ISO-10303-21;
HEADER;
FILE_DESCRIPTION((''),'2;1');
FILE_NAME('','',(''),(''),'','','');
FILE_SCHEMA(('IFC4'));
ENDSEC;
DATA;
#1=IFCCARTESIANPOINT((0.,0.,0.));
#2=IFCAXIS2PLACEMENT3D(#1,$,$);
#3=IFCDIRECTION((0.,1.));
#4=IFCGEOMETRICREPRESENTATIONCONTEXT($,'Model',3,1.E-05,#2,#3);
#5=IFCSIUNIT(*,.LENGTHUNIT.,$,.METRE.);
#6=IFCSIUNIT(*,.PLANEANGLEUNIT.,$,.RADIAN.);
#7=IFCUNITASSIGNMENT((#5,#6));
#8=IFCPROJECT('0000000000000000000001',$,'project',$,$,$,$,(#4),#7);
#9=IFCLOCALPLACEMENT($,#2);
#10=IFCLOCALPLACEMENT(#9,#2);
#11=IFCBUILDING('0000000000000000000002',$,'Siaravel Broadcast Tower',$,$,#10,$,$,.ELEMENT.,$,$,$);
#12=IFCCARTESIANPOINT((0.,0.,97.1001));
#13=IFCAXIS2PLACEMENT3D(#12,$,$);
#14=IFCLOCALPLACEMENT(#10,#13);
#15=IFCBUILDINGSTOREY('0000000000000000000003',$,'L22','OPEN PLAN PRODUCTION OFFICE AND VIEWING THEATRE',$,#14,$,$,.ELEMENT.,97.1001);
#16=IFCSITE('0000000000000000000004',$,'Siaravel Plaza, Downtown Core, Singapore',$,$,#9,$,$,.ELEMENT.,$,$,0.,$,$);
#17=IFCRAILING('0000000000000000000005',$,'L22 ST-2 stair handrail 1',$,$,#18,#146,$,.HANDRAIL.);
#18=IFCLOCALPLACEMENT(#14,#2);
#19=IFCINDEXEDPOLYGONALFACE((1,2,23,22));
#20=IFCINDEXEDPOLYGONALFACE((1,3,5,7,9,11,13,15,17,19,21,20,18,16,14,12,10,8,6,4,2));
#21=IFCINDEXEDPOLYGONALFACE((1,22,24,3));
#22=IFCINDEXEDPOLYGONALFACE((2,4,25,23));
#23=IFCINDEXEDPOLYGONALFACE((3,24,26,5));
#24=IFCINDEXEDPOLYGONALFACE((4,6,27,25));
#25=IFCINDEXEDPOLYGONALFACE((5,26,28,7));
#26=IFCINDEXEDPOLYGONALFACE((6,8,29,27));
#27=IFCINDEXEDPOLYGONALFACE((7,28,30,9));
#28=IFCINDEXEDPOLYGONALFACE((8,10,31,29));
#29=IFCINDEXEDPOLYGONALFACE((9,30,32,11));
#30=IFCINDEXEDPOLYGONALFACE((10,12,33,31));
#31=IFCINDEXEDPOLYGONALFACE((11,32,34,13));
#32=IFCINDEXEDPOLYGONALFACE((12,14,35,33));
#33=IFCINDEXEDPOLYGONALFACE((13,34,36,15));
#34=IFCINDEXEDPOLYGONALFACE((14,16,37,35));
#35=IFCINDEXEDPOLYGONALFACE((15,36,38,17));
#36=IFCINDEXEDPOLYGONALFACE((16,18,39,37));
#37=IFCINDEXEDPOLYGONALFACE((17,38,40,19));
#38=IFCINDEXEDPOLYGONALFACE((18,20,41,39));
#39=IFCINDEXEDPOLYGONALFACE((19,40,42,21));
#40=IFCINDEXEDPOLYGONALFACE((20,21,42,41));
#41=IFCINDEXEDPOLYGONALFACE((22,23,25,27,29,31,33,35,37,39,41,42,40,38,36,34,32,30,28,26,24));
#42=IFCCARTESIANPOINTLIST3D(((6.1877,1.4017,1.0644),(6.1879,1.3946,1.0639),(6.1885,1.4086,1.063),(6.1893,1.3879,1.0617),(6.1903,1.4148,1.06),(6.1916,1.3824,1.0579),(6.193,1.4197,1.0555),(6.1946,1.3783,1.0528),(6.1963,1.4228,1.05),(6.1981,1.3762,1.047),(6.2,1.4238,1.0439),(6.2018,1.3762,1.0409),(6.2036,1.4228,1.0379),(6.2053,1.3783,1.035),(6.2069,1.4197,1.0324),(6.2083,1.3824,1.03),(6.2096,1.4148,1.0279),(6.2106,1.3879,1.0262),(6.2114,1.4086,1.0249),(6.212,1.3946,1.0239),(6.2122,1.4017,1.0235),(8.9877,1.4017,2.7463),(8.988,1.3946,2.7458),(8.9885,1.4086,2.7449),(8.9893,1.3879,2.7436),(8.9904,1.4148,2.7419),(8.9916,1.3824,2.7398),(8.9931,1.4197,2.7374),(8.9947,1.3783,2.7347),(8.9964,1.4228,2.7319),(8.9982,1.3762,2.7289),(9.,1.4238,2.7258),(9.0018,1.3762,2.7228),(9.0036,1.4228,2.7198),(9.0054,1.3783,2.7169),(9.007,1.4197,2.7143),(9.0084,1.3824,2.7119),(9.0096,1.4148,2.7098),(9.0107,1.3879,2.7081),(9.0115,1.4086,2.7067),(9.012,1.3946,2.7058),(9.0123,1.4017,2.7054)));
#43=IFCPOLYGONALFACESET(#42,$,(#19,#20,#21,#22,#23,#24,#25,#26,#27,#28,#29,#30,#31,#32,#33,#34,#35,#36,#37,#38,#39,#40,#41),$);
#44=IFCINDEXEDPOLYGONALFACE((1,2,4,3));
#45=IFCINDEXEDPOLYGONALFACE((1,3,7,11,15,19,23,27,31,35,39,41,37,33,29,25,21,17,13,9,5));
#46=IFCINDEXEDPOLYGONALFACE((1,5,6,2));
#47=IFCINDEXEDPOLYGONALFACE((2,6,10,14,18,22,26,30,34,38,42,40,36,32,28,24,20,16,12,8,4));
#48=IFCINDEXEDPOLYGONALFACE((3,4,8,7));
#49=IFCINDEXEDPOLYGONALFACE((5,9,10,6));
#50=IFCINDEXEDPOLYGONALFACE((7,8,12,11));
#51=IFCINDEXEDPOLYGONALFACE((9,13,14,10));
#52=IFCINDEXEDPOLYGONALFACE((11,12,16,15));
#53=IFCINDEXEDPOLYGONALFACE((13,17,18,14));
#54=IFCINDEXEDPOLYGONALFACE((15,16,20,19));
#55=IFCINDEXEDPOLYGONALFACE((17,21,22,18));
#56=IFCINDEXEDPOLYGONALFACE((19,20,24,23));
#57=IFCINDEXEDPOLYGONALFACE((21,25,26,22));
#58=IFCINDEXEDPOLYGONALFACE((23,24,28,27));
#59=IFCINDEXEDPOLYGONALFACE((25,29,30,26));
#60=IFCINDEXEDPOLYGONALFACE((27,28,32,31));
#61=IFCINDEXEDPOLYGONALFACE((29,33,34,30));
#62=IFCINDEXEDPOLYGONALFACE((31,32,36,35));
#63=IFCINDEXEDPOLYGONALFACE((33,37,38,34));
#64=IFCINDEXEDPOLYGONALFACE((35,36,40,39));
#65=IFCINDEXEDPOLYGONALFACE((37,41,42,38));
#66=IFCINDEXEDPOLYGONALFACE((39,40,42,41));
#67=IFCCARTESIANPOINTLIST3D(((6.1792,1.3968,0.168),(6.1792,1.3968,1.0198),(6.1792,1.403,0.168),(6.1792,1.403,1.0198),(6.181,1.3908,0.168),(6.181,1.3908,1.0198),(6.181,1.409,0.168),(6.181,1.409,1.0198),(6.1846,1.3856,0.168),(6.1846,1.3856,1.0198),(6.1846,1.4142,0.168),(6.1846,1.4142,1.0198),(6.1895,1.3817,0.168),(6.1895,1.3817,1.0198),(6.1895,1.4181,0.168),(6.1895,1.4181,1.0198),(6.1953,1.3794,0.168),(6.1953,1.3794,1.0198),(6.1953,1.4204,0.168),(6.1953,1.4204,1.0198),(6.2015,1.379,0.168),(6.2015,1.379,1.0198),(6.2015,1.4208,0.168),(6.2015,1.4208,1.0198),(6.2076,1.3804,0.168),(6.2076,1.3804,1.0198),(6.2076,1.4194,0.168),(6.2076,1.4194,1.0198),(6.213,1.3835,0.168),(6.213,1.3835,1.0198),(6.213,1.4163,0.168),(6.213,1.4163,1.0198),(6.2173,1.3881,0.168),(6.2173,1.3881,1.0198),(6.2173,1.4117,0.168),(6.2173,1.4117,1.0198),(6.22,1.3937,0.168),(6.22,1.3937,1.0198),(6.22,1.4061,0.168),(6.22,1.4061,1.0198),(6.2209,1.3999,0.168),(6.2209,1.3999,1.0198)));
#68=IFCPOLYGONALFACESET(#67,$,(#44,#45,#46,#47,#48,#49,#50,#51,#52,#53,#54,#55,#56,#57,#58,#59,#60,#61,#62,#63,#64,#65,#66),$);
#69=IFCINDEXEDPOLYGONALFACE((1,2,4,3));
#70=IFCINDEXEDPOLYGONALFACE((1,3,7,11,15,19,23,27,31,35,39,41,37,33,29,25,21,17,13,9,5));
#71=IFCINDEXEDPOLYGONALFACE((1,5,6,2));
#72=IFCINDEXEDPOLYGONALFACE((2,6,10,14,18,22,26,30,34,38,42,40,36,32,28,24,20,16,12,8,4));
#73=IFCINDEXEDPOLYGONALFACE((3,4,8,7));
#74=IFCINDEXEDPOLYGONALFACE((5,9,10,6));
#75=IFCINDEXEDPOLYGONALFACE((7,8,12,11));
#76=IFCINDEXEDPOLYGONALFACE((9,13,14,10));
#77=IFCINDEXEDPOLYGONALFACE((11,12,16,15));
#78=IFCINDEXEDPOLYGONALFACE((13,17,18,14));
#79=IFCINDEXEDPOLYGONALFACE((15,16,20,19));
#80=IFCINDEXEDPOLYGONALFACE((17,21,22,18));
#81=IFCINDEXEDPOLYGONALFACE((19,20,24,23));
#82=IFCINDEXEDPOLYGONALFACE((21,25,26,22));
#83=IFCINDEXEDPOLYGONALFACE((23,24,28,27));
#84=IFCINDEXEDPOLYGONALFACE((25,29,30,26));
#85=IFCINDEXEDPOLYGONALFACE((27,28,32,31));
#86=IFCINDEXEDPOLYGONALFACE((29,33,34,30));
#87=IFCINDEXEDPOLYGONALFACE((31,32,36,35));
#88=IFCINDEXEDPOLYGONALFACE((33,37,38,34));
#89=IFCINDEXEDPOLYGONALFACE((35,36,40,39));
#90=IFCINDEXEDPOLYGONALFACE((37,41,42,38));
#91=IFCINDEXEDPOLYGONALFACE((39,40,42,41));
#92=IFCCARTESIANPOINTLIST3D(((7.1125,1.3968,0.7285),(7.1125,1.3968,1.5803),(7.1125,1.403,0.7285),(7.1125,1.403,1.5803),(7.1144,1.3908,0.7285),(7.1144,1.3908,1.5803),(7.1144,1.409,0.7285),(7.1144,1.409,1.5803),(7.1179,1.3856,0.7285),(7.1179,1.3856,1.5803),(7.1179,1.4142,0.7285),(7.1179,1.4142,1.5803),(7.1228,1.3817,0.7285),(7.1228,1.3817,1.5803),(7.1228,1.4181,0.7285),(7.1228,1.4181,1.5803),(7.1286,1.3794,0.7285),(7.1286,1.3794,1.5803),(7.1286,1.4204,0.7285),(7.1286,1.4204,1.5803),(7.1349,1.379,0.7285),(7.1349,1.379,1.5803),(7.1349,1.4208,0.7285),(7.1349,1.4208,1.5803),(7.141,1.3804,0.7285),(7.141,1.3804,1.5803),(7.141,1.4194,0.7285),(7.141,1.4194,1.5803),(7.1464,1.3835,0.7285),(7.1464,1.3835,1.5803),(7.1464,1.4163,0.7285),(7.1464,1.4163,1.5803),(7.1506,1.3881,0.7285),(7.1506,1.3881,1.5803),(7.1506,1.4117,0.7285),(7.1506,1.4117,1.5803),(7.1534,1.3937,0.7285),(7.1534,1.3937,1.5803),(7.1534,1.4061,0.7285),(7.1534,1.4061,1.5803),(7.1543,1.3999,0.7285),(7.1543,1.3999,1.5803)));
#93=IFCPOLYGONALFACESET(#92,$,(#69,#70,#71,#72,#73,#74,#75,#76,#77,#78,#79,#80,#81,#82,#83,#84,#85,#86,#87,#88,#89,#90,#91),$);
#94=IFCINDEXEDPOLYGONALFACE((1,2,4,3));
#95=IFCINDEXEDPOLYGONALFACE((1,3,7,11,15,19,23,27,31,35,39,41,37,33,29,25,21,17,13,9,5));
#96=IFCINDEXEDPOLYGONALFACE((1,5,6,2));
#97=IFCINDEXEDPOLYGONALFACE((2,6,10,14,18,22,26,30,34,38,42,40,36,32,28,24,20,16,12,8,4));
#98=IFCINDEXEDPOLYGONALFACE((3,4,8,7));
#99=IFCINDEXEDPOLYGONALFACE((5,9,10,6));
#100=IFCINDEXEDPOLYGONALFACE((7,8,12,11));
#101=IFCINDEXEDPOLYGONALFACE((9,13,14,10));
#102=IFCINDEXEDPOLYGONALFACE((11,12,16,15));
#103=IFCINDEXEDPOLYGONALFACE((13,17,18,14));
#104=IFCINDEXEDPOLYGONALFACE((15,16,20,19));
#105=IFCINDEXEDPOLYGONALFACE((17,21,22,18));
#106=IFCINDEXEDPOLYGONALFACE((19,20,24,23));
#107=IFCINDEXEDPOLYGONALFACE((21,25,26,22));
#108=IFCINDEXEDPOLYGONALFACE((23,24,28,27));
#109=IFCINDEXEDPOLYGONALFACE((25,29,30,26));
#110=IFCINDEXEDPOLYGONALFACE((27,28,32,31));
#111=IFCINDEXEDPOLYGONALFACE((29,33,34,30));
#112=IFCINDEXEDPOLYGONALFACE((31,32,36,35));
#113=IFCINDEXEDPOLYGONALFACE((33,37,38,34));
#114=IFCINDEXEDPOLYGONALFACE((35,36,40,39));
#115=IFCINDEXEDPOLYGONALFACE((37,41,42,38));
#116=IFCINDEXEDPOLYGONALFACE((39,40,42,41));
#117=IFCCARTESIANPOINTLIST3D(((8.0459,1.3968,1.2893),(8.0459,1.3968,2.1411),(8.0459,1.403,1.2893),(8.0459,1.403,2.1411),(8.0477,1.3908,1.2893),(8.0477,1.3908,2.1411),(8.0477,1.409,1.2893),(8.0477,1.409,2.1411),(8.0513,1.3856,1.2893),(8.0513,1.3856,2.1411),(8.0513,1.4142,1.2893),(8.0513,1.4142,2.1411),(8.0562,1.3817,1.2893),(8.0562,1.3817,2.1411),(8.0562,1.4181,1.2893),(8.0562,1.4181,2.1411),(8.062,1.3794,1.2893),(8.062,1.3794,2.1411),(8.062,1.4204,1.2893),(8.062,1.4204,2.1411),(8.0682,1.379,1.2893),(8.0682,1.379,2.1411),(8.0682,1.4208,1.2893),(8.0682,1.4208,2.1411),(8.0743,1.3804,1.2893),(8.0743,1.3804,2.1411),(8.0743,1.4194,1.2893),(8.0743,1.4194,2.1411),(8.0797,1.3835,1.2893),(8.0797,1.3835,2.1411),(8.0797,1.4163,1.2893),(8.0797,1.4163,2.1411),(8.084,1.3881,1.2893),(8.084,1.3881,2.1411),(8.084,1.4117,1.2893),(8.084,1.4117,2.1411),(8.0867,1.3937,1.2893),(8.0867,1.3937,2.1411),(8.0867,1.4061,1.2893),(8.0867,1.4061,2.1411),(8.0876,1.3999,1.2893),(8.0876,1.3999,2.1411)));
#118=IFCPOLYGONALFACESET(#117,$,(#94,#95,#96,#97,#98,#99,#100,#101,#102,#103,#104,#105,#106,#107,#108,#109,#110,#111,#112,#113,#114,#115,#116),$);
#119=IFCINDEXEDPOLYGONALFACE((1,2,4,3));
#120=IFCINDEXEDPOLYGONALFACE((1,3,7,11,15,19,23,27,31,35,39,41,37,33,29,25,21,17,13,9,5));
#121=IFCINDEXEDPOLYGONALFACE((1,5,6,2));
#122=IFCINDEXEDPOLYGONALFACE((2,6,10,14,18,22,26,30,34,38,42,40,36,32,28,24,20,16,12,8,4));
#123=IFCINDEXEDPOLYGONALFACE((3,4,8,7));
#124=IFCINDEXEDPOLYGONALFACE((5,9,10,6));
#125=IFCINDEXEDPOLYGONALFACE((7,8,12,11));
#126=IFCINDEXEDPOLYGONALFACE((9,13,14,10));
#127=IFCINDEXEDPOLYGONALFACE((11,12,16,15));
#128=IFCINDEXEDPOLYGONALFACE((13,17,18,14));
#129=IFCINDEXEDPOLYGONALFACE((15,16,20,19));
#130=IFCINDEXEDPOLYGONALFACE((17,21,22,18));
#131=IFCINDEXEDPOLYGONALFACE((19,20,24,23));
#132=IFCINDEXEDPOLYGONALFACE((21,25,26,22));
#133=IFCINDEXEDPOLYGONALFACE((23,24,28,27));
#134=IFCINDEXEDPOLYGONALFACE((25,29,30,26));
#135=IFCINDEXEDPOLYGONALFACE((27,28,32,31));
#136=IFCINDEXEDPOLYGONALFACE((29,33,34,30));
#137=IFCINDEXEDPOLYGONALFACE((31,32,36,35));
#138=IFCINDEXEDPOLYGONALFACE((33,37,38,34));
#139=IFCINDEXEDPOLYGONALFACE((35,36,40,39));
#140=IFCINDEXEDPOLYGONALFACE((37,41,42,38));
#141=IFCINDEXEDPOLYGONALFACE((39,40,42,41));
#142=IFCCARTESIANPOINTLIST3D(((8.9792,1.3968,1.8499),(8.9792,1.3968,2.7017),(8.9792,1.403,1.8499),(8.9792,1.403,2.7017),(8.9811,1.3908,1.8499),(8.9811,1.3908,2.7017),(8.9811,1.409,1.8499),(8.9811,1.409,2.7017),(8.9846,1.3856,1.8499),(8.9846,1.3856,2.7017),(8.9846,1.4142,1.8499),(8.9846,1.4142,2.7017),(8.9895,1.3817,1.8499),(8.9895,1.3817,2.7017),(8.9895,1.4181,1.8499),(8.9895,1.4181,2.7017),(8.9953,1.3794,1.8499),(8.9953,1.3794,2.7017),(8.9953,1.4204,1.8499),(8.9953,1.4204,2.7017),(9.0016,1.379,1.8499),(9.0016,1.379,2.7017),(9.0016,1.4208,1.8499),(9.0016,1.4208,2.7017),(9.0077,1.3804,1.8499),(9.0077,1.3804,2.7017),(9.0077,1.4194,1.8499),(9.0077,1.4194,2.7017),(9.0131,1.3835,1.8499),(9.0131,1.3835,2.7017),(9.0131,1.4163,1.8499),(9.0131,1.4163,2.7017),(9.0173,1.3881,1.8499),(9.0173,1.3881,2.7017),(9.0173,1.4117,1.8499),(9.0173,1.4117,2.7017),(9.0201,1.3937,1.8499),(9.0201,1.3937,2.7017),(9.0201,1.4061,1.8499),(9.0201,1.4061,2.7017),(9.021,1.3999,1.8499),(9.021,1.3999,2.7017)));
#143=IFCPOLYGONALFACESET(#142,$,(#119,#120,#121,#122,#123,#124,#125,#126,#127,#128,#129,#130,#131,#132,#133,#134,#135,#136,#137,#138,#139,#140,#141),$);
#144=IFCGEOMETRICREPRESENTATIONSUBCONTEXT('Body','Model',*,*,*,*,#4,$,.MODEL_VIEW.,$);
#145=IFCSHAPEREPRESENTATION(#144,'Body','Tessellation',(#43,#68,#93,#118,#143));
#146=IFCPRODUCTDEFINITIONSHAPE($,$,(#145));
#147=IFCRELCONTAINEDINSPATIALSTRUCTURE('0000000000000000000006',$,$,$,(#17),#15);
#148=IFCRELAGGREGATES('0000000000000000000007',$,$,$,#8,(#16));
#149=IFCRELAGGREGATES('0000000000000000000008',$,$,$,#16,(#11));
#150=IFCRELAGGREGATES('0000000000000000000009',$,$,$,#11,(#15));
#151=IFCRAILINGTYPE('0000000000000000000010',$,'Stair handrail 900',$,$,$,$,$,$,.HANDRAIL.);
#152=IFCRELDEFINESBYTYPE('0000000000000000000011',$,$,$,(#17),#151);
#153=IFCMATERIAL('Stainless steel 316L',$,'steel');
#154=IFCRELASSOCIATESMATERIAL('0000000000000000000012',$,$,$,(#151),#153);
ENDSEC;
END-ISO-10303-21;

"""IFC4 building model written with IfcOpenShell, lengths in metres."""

from ifc_helpers import new_model, si_unit, direction, frame, origin, origin_2d, place, context, subcontext, project, spatial, circle, extrude, material, type_object, element, save


model = new_model("IFC4")

# Units and contexts
model_context = context("Model", 3, precision=1e-05, world=origin(), true_north=direction((0.0, 1.0)))
body_context = subcontext(model_context, "Body", "Model", "MODEL_VIEW")
ifc_project = project(units=[si_unit("LENGTHUNIT", "METRE"), si_unit("PLANEANGLEUNIT", "RADIAN")], contexts=[model_context])

# Site, building, storey
site_placement = place(None, origin())
site = spatial("IfcSite", under=ifc_project, at=site_placement, Name="Siaravel Plaza, Downtown Core, Singapore", CompositionType="ELEMENT", RefElevation=0.0)
building_placement = place(site_placement, origin())
building = spatial("IfcBuilding", under=site, at=building_placement, Name="Siaravel Broadcast Tower", CompositionType="ELEMENT")
storey_placement = place(building_placement, frame((0.0, 0.0, 97.1001)))
storey = spatial("IfcBuildingStorey", under=building, at=storey_placement, Name="L22", Description="OPEN PLAN PRODUCTION OFFICE AND VIEWING THEATRE", CompositionType="ELEMENT", Elevation=97.1001)

# Railing
ifc_material_1 = material(Name="Stainless steel 316L", Category="steel")
railing_type_1 = type_object("IfcRailingType", Name="Stair handrail 900", PredefinedType="HANDRAIL", material=ifc_material_1)
railing_1_placement = place(storey_placement, frame((6.2, 1.3999, 0.168)))
element("IfcRailing", 1, at=railing_1_placement, inside=storey, type_object=railing_type_1, Name="L22 ST-2 stair handrail 1", PredefinedType="HANDRAIL", context=body_context, shape_type="SweptSolid", body=[
    extrude(circle(Radius=0.0239, at=origin_2d()), frame((0.0, 0.0, 0.876), z_axis=(0.857242, 0.0, 0.514913), x_axis=(0.0, 1.0, 0.0)), (0.0, 0.0, 1.0), 3.2664),
    extrude(circle(Radius=0.021, at=origin_2d()), origin(), (0.0, 0.0, 1.0), 0.8518),
    extrude(circle(Radius=0.021, at=origin_2d()), frame((0.9333, 0.0, 0.5605)), (0.0, 0.0, 1.0), 0.8518),
    extrude(circle(Radius=0.021, at=origin_2d()), frame((1.8667, 0.0, 1.1213)), (0.0, 0.0, 1.0), 0.8518),
    extrude(circle(Radius=0.021, at=origin_2d()), frame((2.8, 0.0, 1.6819)), (0.0, 0.0, 1.0), 0.8518),
])

save(model, "model.ifc")
